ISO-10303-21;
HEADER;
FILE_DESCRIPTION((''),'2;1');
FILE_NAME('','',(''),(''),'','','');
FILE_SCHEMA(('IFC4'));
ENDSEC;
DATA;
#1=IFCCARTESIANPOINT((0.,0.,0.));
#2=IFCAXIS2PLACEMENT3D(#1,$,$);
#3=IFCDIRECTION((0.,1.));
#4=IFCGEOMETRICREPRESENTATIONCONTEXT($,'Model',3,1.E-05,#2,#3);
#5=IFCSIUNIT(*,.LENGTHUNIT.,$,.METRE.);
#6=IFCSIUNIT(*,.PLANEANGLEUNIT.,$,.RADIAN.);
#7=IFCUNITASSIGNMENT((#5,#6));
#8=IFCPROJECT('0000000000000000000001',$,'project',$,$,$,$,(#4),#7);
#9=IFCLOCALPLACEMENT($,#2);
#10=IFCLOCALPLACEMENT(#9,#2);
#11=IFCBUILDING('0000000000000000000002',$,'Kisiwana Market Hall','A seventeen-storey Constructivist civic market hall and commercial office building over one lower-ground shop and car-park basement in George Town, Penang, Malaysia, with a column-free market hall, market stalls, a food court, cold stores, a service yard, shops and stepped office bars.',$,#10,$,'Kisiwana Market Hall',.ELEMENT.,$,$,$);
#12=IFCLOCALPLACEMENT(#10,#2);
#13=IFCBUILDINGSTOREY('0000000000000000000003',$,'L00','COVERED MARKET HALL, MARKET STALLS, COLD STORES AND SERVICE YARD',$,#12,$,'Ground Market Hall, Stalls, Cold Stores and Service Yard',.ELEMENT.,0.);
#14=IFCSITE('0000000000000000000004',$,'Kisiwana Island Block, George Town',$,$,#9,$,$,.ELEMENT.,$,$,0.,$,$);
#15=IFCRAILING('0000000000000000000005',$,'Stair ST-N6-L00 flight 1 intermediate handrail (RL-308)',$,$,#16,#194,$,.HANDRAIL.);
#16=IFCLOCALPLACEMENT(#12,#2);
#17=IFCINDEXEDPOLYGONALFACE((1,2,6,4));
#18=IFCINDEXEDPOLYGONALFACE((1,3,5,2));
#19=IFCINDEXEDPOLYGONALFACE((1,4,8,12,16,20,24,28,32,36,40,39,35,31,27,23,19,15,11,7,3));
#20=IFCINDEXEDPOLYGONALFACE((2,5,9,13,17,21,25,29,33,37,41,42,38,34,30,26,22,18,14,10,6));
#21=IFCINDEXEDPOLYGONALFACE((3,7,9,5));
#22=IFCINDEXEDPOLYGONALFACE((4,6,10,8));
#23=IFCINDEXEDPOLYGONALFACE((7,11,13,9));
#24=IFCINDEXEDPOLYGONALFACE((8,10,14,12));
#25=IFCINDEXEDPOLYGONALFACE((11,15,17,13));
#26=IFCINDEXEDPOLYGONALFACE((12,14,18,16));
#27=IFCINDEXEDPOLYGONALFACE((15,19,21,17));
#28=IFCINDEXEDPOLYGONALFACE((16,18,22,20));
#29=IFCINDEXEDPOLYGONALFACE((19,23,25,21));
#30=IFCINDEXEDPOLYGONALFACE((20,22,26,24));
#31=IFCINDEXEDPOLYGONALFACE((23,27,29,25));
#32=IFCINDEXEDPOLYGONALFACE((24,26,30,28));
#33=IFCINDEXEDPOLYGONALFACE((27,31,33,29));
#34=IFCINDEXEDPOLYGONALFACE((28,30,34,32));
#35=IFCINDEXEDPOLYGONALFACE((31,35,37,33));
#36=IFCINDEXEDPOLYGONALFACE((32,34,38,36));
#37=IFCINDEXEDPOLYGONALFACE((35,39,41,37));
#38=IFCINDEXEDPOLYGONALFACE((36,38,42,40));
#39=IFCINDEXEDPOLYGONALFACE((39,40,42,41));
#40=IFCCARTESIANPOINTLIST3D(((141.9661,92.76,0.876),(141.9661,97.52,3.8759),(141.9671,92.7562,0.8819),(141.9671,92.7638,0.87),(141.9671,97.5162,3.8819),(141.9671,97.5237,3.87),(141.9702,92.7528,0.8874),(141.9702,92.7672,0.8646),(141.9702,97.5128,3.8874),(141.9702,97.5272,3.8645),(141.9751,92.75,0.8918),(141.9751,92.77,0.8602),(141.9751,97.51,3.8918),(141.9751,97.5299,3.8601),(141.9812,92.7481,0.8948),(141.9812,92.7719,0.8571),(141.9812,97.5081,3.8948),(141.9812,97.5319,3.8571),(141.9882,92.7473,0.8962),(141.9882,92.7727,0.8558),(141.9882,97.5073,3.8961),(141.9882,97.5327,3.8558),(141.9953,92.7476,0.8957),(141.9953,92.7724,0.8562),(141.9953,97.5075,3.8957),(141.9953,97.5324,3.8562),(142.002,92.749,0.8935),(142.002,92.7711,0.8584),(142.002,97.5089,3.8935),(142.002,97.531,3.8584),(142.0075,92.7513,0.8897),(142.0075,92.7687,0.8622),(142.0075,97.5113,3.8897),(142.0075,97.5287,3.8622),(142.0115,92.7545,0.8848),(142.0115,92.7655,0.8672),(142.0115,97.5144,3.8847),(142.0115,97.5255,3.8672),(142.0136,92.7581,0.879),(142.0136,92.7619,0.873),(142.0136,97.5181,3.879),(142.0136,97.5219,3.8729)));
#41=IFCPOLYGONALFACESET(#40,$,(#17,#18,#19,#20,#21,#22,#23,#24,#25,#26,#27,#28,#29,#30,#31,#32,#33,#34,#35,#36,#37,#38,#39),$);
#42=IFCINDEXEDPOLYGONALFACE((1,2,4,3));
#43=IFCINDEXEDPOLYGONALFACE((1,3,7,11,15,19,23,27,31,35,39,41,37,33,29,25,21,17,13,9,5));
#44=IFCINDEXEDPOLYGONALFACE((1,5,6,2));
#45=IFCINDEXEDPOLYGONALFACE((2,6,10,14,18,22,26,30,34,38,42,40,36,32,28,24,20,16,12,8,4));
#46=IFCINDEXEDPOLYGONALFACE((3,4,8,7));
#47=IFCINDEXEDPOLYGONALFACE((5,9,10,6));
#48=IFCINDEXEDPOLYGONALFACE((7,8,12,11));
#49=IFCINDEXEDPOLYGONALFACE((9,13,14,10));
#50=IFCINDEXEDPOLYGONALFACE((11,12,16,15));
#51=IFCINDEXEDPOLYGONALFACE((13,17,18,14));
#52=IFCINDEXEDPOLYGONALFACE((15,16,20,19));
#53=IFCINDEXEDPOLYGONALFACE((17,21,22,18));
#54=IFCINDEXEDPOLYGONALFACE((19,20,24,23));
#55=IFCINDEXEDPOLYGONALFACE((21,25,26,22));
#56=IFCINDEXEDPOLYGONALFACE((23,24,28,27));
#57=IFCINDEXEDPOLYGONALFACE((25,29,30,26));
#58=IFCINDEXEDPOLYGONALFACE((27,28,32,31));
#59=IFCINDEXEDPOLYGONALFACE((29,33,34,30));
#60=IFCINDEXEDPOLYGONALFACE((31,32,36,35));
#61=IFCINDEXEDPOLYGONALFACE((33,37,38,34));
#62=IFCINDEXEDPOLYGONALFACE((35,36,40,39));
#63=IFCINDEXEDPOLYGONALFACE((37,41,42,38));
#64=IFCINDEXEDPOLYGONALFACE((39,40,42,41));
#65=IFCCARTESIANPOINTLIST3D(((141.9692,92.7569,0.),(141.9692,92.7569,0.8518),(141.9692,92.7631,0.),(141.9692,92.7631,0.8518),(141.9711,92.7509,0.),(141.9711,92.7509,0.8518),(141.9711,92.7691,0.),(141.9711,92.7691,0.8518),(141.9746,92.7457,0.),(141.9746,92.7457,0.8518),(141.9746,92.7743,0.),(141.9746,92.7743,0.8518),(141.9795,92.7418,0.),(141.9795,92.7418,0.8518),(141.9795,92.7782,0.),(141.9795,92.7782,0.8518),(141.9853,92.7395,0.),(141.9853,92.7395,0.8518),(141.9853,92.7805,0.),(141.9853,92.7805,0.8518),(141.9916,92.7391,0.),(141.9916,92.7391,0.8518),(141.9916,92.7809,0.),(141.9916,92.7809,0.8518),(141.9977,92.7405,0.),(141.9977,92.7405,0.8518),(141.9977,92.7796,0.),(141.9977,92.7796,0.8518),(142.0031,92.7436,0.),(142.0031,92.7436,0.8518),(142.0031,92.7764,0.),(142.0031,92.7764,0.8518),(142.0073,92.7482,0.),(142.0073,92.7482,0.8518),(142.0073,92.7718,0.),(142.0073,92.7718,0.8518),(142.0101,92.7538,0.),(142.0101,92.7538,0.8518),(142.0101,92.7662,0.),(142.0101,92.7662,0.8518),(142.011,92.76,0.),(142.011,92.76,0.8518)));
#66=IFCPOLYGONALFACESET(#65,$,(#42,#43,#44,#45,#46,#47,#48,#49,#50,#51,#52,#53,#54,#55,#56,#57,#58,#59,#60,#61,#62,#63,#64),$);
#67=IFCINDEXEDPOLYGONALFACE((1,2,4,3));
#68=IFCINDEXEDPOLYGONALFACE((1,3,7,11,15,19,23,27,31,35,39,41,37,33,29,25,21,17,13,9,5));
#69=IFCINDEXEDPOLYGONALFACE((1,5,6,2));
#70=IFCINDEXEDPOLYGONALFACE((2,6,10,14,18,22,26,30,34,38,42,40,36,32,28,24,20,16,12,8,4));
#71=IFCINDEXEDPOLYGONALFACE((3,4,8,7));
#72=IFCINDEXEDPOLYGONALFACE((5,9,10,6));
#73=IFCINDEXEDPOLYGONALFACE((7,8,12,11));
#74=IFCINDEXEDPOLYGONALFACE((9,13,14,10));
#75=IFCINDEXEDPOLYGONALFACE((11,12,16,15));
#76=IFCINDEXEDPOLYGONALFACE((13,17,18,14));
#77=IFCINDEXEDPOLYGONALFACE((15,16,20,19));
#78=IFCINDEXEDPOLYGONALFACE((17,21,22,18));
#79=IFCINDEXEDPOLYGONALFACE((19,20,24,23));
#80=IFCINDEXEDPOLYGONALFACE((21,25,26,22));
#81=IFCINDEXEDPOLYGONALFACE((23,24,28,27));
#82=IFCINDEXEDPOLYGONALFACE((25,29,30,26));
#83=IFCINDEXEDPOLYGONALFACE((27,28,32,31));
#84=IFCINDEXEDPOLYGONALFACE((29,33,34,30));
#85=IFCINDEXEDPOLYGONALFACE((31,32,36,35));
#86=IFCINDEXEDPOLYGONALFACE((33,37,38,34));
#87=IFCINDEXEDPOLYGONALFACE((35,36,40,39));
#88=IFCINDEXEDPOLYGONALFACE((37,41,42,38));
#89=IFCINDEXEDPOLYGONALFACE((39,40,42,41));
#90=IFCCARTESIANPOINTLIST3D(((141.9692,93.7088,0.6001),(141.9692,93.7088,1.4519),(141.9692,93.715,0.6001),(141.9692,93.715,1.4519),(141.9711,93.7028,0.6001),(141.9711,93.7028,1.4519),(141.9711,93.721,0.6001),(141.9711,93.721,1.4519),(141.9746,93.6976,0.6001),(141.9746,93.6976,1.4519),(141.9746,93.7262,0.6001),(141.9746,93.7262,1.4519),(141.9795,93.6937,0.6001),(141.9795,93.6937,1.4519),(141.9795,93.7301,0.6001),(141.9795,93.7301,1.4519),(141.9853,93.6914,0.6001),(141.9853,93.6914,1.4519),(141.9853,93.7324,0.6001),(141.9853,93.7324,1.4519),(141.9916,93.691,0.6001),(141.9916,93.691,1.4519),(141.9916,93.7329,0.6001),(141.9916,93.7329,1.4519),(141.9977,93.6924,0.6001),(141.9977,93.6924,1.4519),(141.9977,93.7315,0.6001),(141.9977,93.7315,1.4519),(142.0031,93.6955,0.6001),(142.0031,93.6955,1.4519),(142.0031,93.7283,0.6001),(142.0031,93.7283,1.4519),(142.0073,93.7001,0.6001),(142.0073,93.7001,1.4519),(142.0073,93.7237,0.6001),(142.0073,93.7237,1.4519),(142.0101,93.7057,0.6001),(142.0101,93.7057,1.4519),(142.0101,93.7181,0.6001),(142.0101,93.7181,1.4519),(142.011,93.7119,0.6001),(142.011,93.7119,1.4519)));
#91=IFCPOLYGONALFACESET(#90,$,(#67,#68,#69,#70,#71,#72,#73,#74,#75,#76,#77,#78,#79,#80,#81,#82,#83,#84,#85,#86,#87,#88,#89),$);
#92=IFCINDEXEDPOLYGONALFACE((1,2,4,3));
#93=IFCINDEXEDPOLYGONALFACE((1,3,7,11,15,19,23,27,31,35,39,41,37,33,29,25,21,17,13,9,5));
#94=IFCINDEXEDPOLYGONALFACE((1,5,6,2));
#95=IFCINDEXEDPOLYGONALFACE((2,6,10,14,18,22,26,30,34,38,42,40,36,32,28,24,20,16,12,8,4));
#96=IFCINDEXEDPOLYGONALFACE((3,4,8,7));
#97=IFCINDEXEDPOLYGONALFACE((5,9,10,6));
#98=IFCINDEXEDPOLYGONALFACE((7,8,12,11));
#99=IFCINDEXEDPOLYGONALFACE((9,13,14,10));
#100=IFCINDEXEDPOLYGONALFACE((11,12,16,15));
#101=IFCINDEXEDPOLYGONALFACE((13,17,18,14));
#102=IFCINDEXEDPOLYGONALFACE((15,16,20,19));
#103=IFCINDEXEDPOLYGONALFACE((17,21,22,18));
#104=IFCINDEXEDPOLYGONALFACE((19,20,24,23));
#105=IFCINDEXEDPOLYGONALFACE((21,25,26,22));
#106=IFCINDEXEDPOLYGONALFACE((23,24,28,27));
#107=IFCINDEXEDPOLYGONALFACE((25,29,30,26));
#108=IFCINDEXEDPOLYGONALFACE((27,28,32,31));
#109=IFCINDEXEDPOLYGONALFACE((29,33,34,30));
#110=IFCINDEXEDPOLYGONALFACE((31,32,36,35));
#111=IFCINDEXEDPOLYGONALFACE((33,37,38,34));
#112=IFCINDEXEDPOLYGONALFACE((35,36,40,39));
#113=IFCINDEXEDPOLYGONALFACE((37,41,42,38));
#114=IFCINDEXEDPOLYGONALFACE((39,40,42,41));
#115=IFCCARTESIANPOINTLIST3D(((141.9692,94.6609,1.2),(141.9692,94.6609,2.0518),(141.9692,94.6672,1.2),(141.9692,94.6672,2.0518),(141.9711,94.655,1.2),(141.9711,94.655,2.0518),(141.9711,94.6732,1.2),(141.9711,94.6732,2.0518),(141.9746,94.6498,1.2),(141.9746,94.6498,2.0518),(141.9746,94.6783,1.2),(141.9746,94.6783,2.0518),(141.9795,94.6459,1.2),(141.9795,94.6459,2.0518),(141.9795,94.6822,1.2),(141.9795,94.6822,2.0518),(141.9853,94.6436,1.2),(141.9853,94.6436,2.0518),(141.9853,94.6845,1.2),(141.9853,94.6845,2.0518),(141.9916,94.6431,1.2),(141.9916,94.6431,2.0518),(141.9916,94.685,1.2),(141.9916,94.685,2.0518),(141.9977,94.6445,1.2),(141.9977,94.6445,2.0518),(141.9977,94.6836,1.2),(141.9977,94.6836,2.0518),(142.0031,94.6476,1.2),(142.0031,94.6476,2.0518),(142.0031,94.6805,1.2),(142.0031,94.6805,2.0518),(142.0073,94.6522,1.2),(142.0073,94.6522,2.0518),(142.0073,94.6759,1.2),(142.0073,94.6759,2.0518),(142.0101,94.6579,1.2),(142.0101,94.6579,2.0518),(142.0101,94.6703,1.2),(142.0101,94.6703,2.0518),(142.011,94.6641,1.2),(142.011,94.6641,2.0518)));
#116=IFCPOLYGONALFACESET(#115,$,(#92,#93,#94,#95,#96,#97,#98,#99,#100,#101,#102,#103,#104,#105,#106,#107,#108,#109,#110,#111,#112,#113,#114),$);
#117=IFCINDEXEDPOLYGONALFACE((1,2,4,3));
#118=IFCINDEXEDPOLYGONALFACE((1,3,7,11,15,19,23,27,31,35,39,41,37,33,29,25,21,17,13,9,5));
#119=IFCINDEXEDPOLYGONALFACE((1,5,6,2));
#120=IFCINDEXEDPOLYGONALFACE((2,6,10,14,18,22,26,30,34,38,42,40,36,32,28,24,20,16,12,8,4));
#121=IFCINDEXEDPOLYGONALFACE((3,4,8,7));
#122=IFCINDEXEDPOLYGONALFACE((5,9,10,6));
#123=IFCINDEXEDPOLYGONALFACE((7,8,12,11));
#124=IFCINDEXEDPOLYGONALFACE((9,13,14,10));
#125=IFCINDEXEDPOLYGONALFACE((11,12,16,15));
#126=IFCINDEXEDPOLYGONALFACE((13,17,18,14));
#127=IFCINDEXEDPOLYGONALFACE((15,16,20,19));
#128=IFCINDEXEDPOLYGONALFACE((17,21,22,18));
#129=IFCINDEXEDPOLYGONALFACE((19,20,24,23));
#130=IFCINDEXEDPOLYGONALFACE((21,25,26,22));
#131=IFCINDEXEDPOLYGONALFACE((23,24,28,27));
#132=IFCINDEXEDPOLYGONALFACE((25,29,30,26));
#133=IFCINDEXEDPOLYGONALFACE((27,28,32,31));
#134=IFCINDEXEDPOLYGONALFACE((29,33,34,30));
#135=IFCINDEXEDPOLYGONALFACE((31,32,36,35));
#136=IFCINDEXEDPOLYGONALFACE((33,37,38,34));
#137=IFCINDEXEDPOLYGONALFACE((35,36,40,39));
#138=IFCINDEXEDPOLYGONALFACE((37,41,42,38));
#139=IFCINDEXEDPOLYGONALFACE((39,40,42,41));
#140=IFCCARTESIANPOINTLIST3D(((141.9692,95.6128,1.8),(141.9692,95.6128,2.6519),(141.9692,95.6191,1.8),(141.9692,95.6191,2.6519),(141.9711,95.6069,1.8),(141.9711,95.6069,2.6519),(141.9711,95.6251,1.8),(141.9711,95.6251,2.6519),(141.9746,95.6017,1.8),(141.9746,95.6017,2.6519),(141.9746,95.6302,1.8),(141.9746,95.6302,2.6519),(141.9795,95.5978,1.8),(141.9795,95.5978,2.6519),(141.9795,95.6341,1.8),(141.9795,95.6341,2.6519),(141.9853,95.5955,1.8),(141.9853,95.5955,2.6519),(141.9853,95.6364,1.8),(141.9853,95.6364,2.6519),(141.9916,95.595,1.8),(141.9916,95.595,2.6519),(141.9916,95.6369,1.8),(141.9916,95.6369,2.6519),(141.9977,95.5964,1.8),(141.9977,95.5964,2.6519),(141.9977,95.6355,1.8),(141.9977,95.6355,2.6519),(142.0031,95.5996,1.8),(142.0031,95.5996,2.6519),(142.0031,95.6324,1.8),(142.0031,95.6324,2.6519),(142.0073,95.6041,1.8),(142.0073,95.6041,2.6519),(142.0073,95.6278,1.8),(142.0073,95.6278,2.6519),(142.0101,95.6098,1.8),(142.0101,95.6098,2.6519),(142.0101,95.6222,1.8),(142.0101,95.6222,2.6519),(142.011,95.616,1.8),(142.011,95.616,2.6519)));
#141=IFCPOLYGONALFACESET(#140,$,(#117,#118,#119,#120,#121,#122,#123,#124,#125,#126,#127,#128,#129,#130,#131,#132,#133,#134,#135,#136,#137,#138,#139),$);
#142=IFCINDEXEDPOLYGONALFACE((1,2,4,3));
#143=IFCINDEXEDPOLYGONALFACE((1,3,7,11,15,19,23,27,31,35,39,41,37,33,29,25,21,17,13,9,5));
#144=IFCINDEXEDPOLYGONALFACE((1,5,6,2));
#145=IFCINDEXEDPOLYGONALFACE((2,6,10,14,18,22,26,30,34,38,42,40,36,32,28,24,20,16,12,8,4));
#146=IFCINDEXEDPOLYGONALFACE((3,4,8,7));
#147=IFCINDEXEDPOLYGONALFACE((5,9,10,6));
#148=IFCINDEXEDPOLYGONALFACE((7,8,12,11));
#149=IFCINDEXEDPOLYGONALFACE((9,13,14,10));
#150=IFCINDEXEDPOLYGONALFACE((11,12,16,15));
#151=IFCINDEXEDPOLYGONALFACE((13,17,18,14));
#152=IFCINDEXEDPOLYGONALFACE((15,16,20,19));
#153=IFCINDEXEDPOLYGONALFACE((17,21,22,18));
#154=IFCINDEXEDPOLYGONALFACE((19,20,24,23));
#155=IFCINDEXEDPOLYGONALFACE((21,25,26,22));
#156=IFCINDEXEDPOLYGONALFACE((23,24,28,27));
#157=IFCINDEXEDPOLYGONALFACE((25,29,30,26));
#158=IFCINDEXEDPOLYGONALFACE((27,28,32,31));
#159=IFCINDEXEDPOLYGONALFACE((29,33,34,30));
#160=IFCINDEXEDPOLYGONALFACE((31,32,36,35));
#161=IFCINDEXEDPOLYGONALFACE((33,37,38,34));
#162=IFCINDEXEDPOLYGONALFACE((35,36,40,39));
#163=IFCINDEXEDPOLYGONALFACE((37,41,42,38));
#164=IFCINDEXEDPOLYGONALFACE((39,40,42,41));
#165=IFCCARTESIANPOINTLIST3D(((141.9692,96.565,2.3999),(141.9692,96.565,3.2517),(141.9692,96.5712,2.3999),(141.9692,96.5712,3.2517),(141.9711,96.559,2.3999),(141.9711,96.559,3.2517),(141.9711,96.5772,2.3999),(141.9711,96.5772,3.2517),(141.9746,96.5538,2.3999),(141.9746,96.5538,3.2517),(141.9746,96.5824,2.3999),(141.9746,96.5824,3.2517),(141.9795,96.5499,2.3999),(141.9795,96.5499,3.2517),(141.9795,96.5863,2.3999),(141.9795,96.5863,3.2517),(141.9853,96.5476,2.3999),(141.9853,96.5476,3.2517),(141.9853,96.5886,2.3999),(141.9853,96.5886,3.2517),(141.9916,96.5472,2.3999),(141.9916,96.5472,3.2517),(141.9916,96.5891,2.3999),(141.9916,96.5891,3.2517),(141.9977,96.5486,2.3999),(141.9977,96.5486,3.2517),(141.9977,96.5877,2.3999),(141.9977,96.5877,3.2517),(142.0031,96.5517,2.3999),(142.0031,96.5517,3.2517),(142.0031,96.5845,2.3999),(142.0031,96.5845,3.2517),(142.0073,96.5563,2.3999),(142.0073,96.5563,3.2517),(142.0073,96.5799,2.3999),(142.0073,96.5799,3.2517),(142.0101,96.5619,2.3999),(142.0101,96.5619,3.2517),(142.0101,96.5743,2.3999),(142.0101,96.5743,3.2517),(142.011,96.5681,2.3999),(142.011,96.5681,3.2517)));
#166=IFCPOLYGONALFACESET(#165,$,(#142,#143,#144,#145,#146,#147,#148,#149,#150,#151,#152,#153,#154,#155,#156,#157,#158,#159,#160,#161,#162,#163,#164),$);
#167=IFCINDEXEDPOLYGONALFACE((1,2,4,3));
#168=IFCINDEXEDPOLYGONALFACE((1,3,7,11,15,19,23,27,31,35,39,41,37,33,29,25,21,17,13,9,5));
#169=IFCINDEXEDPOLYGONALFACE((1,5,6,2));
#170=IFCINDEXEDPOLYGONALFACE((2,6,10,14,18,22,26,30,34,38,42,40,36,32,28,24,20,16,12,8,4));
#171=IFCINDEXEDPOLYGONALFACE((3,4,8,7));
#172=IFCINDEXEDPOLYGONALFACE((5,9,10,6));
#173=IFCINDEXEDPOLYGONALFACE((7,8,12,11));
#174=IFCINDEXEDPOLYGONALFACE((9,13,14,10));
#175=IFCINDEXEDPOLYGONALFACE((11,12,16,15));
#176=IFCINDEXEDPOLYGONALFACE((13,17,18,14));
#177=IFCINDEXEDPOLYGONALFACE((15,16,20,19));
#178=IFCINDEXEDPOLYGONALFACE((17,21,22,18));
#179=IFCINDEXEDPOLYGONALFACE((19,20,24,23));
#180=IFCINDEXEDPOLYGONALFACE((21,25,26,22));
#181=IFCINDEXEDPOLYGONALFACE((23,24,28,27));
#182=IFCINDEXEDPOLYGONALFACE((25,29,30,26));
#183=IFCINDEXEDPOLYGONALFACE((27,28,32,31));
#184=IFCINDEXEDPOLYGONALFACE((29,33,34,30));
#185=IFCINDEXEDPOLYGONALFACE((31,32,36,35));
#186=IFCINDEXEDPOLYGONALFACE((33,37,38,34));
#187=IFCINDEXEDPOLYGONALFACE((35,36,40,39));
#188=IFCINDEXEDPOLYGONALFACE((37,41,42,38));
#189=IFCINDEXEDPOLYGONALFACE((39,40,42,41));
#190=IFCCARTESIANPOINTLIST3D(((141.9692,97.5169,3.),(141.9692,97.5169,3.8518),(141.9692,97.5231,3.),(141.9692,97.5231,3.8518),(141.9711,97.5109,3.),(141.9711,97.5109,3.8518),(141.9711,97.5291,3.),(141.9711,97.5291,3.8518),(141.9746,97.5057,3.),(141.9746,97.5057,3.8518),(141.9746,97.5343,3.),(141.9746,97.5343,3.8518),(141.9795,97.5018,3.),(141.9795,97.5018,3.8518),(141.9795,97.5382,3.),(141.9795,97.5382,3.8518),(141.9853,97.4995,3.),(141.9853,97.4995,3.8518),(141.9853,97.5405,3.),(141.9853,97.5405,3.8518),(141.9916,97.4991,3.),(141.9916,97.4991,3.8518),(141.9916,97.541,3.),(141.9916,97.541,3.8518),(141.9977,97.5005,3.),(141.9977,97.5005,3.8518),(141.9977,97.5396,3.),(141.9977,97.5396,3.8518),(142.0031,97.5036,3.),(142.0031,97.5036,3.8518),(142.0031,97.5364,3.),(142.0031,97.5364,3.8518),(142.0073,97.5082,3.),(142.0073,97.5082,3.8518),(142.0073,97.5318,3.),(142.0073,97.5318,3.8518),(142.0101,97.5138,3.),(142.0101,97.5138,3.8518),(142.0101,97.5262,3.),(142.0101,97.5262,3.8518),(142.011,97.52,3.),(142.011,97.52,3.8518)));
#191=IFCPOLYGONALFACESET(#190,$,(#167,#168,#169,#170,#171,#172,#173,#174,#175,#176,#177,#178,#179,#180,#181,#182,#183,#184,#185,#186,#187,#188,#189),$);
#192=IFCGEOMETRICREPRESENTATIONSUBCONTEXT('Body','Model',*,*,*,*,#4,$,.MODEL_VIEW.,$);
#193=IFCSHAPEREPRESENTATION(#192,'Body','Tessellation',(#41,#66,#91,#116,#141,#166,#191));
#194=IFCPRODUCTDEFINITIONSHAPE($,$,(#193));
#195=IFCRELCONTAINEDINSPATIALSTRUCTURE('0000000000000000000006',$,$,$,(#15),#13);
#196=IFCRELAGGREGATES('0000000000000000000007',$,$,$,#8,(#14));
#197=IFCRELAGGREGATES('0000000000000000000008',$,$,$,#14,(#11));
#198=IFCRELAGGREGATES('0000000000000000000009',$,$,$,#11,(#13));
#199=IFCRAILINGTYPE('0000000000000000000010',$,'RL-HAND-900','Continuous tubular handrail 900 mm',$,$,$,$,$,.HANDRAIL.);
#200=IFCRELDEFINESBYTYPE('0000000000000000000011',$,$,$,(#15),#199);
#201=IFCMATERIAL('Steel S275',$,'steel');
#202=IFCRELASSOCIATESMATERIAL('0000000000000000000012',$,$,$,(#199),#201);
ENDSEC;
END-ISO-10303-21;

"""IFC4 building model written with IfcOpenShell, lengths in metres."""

from ifc_helpers import new_model, si_unit, direction, frame, origin, origin_2d, place, context, subcontext, project, spatial, circle, extrude, material, type_object, element, save


model = new_model("IFC4")

# Units and contexts
model_context = context("Model", 3, precision=1e-05, world=origin(), true_north=direction((0.0, 1.0)))
body_context = subcontext(model_context, "Body", "Model", "MODEL_VIEW")
ifc_project = project(units=[si_unit("LENGTHUNIT", "METRE"), si_unit("PLANEANGLEUNIT", "RADIAN")], contexts=[model_context])

# Site, building, storey
site_placement = place(None, origin())
site = spatial("IfcSite", under=ifc_project, at=site_placement, Name="Kisiwana Island Block, George Town", CompositionType="ELEMENT", RefElevation=0.0)
building_placement = place(site_placement, origin())
building = spatial("IfcBuilding", under=site, at=building_placement, Name="Kisiwana Market Hall", Description="A seventeen-storey Constructivist civic market hall and commercial office building over one lower-ground shop and car-park basement in George Town, Penang, Malaysia, with a column-free market hall, market stalls, a food court, cold stores, a service yard, shops and stepped office bars.", LongName="Kisiwana Market Hall", CompositionType="ELEMENT")
storey_placement = place(building_placement, origin())
storey = spatial("IfcBuildingStorey", under=building, at=storey_placement, Name="L00", Description="COVERED MARKET HALL, MARKET STALLS, COLD STORES AND SERVICE YARD", LongName="Ground Market Hall, Stalls, Cold Stores and Service Yard", CompositionType="ELEMENT", Elevation=0.0)

# Railing
ifc_material_1 = material(Name="Steel S275", Category="steel")
railing_type_1 = type_object("IfcRailingType", Name="RL-HAND-900", Description="Continuous tubular handrail 900 mm", PredefinedType="HANDRAIL", material=ifc_material_1)
railing_1_placement = place(storey_placement, frame((141.99, 92.76, 0.0)))
element("IfcRailing", 1, at=railing_1_placement, inside=storey, type_object=railing_type_1, Name="Stair ST-N6-L00 flight 1 intermediate handrail (RL-308)", PredefinedType="HANDRAIL", context=body_context, shape_type="SweptSolid", body=[
    extrude(circle(Radius=0.0239, at=origin_2d()), frame((0.0, 0.0, 0.876), z_axis=(0.0, 0.845996, 0.53319), x_axis=(-1.0, 0.0, 0.0)), (0.0, 0.0, 1.0), 5.6265),
    extrude(circle(Radius=0.021, at=origin_2d()), origin(), (0.0, 0.0, 1.0), 0.8518),
    extrude(circle(Radius=0.021, at=origin_2d()), frame((0.0, 0.9519, 0.6001)), (0.0, 0.0, 1.0), 0.8518),
    extrude(circle(Radius=0.021, at=origin_2d()), frame((0.0, 1.9041, 1.2)), (0.0, 0.0, 1.0), 0.8518),
    extrude(circle(Radius=0.021, at=origin_2d()), frame((0.0, 2.856, 1.8)), (0.0, 0.0, 1.0), 0.8518),
    extrude(circle(Radius=0.021, at=origin_2d()), frame((0.0, 3.8081, 2.3999)), (0.0, 0.0, 1.0), 0.8518),
    extrude(circle(Radius=0.021, at=origin_2d()), frame((0.0, 4.76, 3.0)), (0.0, 0.0, 1.0), 0.8518),
])

save(model, "model.ifc")
